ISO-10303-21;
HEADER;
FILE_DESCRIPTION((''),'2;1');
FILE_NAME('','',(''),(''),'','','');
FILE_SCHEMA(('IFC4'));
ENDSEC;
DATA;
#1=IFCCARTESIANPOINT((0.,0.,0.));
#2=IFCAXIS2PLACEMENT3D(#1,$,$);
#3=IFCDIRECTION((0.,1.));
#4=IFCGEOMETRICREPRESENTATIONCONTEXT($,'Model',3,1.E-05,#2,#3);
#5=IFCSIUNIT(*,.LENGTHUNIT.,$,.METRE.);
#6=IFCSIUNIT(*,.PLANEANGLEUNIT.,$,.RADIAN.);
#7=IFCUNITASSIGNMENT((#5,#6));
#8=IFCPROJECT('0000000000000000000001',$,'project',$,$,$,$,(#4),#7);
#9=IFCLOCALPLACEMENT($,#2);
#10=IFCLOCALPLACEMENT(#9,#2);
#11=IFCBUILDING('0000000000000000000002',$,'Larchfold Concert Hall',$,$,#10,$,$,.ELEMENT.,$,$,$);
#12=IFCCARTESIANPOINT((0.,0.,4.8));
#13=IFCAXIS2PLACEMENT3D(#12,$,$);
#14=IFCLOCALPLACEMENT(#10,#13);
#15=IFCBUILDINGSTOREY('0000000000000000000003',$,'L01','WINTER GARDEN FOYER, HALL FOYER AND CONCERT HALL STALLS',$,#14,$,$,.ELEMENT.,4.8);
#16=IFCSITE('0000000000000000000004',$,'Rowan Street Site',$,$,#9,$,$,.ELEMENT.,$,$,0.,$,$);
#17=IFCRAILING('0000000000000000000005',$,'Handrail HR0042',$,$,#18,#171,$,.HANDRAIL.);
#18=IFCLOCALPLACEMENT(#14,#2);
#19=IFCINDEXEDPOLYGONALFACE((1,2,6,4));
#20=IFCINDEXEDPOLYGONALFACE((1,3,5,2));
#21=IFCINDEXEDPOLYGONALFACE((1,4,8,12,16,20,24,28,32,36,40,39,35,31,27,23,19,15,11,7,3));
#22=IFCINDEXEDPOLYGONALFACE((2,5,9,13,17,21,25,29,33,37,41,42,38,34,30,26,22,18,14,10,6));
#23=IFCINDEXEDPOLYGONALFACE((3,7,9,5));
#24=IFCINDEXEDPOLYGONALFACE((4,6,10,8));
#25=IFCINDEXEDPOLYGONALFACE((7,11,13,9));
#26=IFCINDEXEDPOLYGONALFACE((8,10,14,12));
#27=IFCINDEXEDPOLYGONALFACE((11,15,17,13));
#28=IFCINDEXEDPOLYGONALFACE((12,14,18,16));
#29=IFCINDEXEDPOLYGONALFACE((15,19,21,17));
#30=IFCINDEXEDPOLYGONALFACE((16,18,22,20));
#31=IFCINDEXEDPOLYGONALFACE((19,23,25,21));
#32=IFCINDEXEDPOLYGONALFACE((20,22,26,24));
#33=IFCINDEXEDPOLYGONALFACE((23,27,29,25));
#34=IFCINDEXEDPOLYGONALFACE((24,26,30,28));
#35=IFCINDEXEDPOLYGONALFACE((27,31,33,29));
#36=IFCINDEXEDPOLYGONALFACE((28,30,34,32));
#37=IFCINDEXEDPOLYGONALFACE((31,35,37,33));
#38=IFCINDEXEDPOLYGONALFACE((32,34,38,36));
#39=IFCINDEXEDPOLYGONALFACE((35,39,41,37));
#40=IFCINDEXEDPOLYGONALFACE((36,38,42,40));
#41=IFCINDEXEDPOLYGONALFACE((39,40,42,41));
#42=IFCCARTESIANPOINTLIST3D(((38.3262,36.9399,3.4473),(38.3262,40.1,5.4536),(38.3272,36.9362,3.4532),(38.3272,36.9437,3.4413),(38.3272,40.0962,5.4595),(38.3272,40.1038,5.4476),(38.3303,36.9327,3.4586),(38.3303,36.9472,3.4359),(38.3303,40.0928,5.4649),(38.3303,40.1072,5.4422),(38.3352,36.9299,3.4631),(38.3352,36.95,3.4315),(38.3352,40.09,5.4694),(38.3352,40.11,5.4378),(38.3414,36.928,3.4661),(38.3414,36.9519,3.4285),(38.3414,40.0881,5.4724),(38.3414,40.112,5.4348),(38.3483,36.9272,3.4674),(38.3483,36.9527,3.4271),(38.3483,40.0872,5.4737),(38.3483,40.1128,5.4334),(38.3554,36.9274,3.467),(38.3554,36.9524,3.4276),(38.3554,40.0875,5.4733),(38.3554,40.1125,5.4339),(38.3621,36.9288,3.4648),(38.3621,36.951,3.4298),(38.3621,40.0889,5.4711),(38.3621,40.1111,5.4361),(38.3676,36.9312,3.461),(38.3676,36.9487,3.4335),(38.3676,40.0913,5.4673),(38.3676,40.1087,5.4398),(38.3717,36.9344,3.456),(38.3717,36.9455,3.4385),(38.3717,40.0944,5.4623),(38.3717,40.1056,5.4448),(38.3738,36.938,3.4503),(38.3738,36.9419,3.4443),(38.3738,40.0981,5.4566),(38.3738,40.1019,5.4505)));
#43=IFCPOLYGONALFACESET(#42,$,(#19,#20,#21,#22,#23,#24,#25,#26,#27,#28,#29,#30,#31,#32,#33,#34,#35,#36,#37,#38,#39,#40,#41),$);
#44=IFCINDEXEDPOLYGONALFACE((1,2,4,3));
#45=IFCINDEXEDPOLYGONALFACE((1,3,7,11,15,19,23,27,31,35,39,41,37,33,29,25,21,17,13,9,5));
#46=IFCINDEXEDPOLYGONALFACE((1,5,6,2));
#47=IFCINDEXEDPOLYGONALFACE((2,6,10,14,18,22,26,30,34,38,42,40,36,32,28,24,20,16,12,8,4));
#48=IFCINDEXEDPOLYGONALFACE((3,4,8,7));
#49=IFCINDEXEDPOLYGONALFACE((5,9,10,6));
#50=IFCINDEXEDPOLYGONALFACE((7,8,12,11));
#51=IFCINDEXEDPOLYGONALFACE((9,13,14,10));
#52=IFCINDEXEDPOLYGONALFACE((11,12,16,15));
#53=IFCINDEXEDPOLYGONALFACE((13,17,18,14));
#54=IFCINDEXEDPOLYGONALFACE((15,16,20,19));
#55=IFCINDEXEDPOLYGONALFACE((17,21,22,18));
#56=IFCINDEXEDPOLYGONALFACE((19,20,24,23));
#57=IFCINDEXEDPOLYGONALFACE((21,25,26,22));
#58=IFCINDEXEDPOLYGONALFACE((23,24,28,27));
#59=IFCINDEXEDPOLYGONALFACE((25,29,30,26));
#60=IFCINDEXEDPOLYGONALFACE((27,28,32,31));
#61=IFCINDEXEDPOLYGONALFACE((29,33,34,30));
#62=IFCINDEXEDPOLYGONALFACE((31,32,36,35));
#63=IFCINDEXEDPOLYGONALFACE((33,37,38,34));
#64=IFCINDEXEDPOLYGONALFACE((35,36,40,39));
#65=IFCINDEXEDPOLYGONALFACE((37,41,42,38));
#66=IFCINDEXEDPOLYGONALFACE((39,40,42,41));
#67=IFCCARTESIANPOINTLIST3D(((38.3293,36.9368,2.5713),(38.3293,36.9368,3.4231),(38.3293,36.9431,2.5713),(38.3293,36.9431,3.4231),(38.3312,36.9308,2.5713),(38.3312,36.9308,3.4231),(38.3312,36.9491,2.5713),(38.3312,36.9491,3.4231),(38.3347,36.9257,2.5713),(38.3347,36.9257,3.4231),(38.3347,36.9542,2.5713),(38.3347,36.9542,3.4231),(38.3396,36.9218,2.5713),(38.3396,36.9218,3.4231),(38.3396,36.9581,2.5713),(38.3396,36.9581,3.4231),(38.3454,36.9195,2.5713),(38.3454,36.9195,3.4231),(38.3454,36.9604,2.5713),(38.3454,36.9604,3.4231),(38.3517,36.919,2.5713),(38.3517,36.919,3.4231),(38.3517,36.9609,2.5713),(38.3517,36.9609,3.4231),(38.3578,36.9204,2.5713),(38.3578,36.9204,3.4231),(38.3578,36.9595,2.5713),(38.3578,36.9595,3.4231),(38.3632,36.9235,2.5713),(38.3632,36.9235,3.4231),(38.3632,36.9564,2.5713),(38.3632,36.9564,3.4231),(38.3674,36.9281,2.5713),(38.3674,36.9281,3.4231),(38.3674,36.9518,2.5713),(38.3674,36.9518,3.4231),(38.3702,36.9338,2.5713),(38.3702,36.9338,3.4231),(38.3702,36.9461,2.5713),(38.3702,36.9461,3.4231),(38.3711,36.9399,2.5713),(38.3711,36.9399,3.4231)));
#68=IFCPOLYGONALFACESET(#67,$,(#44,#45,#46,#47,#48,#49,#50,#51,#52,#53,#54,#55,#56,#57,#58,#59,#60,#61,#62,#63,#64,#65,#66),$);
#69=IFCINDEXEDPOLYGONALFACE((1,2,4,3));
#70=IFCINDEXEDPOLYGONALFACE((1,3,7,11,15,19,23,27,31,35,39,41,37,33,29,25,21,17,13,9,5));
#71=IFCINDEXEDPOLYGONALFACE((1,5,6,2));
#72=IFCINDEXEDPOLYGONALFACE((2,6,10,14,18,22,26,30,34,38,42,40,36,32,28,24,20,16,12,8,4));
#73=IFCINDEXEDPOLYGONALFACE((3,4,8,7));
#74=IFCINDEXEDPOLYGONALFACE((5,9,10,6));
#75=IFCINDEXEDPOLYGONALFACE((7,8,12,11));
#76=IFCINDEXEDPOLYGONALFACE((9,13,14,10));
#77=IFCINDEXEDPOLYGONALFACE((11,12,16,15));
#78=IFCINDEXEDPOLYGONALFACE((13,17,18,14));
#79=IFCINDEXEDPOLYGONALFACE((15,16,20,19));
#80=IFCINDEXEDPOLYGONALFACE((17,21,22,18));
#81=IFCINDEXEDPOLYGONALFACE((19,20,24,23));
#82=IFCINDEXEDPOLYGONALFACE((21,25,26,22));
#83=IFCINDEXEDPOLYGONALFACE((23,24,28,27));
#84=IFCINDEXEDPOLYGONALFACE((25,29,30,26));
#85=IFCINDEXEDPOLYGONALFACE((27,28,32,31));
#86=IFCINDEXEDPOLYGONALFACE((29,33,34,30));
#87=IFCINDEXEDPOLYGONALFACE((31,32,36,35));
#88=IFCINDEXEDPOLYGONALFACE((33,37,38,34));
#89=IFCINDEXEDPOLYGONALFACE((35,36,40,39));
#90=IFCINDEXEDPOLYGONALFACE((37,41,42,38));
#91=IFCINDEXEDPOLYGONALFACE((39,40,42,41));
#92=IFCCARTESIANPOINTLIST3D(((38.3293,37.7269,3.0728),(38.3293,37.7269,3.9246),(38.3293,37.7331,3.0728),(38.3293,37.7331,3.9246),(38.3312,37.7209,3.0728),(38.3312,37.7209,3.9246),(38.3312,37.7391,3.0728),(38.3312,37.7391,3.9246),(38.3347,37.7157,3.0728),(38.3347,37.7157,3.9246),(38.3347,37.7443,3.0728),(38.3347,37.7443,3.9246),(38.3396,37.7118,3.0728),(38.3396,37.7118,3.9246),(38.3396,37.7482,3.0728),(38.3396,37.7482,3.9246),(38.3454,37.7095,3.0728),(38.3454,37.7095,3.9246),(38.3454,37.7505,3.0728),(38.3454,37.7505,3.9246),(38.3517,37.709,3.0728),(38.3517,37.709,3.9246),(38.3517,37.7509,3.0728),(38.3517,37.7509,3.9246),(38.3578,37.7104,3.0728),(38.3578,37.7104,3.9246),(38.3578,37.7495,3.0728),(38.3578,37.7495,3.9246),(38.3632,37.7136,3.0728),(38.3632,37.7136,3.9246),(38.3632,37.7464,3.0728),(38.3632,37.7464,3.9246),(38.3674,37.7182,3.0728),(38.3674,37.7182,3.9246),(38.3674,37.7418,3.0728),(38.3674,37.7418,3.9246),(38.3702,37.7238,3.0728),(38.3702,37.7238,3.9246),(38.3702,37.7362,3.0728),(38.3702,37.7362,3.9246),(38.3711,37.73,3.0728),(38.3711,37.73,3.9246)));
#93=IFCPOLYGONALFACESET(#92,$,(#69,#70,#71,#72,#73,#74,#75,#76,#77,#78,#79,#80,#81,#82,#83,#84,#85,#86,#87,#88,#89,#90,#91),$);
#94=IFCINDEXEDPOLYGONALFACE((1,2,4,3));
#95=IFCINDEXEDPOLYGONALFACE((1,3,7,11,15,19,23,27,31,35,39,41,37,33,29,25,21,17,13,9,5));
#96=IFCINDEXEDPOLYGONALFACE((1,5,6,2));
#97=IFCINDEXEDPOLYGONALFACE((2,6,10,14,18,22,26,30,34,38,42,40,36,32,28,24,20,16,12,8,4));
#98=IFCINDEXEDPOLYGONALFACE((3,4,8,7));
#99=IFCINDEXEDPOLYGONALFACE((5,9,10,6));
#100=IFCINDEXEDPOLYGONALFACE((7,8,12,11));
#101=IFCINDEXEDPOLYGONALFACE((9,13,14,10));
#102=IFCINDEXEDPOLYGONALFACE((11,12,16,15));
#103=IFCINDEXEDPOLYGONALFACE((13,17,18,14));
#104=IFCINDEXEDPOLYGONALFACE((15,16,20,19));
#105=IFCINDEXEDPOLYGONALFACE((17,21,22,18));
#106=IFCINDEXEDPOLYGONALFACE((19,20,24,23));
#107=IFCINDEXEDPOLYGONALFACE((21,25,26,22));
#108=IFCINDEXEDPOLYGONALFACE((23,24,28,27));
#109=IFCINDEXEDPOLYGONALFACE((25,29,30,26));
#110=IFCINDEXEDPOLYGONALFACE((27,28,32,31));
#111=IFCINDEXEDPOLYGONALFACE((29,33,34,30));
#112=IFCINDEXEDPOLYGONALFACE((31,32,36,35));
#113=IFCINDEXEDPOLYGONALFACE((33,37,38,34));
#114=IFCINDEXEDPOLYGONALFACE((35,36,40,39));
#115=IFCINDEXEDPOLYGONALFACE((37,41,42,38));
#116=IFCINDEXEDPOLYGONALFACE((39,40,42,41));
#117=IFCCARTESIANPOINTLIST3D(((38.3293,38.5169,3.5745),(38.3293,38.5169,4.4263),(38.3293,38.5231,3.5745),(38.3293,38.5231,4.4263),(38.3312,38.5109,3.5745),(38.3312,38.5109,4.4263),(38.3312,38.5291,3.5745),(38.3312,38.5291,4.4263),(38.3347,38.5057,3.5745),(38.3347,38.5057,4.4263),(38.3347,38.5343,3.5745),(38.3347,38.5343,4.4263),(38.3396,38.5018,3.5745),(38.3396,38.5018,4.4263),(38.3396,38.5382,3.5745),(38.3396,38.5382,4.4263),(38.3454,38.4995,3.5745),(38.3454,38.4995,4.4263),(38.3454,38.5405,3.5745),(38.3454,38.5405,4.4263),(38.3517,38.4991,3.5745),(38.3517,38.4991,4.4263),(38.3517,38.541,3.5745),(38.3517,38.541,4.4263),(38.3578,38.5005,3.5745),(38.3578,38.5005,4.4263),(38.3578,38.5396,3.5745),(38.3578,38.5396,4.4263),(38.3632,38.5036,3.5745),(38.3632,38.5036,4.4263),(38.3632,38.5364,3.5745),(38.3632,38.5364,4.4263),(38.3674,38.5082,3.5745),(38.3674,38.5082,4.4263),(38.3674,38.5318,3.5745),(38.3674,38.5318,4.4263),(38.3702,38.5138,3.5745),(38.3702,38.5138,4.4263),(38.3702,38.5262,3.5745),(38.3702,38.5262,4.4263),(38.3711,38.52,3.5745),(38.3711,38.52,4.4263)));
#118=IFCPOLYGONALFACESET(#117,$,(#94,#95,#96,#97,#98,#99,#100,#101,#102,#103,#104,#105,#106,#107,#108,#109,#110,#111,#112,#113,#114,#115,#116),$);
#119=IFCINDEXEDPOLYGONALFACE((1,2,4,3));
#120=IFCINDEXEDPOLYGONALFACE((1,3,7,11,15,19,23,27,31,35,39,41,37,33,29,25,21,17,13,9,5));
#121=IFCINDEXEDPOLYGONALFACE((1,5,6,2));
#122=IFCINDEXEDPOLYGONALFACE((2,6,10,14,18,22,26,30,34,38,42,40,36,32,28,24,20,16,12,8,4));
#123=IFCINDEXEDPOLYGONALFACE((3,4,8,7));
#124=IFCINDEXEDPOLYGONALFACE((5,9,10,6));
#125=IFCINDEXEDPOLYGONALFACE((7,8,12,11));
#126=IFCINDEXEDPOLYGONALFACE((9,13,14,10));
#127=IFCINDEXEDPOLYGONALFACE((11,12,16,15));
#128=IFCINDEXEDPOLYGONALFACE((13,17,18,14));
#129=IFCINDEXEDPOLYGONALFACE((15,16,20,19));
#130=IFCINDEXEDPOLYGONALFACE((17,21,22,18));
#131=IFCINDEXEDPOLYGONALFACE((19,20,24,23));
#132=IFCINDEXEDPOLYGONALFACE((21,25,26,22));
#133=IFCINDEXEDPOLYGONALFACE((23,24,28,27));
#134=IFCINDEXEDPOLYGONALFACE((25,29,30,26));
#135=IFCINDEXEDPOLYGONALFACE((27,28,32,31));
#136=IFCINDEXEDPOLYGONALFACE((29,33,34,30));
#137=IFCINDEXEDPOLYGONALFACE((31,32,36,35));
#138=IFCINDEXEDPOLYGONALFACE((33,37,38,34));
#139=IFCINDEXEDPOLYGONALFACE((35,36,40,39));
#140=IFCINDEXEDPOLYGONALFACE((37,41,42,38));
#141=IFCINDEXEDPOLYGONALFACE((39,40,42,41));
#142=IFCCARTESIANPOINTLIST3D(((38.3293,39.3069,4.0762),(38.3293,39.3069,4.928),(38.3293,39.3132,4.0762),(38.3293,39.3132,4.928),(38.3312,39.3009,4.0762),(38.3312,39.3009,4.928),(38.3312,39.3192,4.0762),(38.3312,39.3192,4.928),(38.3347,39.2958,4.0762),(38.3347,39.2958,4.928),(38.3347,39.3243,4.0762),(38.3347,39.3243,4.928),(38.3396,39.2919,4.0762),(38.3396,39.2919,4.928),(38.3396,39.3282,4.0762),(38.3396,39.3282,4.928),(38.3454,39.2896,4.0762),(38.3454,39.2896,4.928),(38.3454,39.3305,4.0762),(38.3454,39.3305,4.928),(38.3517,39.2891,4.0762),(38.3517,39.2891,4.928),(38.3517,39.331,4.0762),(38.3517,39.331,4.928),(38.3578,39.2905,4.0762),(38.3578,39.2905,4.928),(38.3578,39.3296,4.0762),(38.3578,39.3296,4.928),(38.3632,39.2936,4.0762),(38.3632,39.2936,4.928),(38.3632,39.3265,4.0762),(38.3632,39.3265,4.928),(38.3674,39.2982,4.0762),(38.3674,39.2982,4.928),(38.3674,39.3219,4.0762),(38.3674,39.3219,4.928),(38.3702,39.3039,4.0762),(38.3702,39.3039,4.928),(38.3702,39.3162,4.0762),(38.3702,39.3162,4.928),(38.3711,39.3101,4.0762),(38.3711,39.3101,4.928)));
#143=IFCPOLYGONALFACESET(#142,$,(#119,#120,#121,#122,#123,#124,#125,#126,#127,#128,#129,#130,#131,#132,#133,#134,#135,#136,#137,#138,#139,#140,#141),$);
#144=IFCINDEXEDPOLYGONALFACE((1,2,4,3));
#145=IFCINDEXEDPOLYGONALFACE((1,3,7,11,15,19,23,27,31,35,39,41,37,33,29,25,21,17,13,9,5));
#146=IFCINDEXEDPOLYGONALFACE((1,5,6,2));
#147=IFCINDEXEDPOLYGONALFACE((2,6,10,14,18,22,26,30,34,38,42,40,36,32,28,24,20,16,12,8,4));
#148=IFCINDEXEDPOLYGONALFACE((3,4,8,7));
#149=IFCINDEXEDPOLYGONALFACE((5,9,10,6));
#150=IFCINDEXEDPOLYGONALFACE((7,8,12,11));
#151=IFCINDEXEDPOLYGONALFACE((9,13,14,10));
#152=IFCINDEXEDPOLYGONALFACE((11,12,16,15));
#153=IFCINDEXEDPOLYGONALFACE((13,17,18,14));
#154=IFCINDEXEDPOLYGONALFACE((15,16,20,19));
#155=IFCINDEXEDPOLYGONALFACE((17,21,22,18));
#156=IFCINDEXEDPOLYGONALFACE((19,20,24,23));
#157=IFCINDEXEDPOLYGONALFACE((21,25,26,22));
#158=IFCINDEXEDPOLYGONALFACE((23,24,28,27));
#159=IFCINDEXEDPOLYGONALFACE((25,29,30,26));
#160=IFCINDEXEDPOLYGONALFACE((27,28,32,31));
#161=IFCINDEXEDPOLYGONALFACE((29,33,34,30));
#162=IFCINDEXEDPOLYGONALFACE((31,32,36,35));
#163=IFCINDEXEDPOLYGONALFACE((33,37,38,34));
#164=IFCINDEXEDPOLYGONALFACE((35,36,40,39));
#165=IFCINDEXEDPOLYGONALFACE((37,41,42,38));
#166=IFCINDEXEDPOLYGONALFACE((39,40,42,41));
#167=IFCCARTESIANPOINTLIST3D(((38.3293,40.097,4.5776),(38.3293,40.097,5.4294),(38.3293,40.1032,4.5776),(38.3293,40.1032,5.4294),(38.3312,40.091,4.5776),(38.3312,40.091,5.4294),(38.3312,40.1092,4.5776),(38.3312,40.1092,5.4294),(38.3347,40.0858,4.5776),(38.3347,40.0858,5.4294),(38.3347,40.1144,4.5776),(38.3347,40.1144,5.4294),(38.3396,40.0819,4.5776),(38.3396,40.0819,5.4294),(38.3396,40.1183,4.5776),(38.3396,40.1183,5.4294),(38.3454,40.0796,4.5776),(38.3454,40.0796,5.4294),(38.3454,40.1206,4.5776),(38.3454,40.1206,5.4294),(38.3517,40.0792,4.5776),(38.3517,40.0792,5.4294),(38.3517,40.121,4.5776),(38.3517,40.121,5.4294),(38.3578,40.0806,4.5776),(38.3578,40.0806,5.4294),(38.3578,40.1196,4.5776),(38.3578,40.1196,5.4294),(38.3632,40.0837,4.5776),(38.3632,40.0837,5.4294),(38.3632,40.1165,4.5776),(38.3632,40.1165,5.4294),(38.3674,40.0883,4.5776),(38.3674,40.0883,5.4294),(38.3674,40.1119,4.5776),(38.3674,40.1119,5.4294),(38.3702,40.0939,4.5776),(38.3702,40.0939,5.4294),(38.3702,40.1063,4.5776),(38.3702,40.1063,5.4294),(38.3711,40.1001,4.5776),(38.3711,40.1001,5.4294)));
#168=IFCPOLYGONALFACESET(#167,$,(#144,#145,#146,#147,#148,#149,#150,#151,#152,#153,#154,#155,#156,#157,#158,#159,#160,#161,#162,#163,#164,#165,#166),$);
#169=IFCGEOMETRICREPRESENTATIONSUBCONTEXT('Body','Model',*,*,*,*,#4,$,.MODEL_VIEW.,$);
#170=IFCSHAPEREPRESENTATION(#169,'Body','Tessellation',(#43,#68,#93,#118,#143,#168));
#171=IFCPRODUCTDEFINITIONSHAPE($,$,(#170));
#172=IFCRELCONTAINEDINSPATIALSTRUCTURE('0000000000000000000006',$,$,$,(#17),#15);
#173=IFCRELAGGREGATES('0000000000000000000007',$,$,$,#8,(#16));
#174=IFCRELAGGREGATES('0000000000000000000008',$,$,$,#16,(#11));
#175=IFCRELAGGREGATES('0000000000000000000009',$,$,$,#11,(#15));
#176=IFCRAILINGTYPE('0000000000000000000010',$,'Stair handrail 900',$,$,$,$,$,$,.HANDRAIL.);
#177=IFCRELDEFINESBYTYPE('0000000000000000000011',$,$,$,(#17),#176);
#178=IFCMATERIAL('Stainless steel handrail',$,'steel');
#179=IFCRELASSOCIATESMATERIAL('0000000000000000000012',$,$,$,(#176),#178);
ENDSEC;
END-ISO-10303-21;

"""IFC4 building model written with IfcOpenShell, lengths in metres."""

from ifc_helpers import new_model, si_unit, direction, frame, origin, origin_2d, place, context, subcontext, project, spatial, circle, extrude, material, type_object, element, save


model = new_model("IFC4")

# Units and contexts
model_context = context("Model", 3, precision=1e-05, world=origin(), true_north=direction((0.0, 1.0)))
body_context = subcontext(model_context, "Body", "Model", "MODEL_VIEW")
ifc_project = project(units=[si_unit("LENGTHUNIT", "METRE"), si_unit("PLANEANGLEUNIT", "RADIAN")], contexts=[model_context])

# Site, building, storey
site_placement = place(None, origin())
site = spatial("IfcSite", under=ifc_project, at=site_placement, Name="Rowan Street Site", CompositionType="ELEMENT", RefElevation=0.0)
building_placement = place(site_placement, origin())
building = spatial("IfcBuilding", under=site, at=building_placement, Name="Larchfold Concert Hall", CompositionType="ELEMENT")
storey_placement = place(building_placement, frame((0.0, 0.0, 4.8)))
storey = spatial("IfcBuildingStorey", under=building, at=storey_placement, Name="L01", Description="WINTER GARDEN FOYER, HALL FOYER AND CONCERT HALL STALLS", CompositionType="ELEMENT", Elevation=4.8)

# Railing
ifc_material_1 = material(Name="Stainless steel handrail", Category="steel")
railing_type_1 = type_object("IfcRailingType", Name="Stair handrail 900", PredefinedType="HANDRAIL", material=ifc_material_1)
railing_1_placement = place(storey_placement, frame((38.3501, 36.9399, 2.5713)))
element("IfcRailing", 1, at=railing_1_placement, inside=storey, type_object=railing_type_1, Name="Handrail HR0042", PredefinedType="HANDRAIL", context=body_context, shape_type="SweptSolid", body=[
    extrude(circle(Radius=0.0239, at=origin_2d()), frame((0.0, 0.0, 0.876), z_axis=(0.0, 0.844225, 0.535989), x_axis=(-1.0, 0.0, 0.0)), (0.0, 0.0, 1.0), 3.7432),
    extrude(circle(Radius=0.021, at=origin_2d()), origin(), (0.0, 0.0, 1.0), 0.8518),
    extrude(circle(Radius=0.021, at=origin_2d()), frame((0.0, 0.79, 0.5015)), (0.0, 0.0, 1.0), 0.8518),
    extrude(circle(Radius=0.021, at=origin_2d()), frame((0.0, 1.5801, 1.0032)), (0.0, 0.0, 1.0), 0.8518),
    extrude(circle(Radius=0.021, at=origin_2d()), frame((0.0, 2.3701, 1.5049)), (0.0, 0.0, 1.0), 0.8518),
    extrude(circle(Radius=0.021, at=origin_2d()), frame((0.0, 3.1602, 2.0063)), (0.0, 0.0, 1.0), 0.8518),
])

save(model, "model.ifc")
